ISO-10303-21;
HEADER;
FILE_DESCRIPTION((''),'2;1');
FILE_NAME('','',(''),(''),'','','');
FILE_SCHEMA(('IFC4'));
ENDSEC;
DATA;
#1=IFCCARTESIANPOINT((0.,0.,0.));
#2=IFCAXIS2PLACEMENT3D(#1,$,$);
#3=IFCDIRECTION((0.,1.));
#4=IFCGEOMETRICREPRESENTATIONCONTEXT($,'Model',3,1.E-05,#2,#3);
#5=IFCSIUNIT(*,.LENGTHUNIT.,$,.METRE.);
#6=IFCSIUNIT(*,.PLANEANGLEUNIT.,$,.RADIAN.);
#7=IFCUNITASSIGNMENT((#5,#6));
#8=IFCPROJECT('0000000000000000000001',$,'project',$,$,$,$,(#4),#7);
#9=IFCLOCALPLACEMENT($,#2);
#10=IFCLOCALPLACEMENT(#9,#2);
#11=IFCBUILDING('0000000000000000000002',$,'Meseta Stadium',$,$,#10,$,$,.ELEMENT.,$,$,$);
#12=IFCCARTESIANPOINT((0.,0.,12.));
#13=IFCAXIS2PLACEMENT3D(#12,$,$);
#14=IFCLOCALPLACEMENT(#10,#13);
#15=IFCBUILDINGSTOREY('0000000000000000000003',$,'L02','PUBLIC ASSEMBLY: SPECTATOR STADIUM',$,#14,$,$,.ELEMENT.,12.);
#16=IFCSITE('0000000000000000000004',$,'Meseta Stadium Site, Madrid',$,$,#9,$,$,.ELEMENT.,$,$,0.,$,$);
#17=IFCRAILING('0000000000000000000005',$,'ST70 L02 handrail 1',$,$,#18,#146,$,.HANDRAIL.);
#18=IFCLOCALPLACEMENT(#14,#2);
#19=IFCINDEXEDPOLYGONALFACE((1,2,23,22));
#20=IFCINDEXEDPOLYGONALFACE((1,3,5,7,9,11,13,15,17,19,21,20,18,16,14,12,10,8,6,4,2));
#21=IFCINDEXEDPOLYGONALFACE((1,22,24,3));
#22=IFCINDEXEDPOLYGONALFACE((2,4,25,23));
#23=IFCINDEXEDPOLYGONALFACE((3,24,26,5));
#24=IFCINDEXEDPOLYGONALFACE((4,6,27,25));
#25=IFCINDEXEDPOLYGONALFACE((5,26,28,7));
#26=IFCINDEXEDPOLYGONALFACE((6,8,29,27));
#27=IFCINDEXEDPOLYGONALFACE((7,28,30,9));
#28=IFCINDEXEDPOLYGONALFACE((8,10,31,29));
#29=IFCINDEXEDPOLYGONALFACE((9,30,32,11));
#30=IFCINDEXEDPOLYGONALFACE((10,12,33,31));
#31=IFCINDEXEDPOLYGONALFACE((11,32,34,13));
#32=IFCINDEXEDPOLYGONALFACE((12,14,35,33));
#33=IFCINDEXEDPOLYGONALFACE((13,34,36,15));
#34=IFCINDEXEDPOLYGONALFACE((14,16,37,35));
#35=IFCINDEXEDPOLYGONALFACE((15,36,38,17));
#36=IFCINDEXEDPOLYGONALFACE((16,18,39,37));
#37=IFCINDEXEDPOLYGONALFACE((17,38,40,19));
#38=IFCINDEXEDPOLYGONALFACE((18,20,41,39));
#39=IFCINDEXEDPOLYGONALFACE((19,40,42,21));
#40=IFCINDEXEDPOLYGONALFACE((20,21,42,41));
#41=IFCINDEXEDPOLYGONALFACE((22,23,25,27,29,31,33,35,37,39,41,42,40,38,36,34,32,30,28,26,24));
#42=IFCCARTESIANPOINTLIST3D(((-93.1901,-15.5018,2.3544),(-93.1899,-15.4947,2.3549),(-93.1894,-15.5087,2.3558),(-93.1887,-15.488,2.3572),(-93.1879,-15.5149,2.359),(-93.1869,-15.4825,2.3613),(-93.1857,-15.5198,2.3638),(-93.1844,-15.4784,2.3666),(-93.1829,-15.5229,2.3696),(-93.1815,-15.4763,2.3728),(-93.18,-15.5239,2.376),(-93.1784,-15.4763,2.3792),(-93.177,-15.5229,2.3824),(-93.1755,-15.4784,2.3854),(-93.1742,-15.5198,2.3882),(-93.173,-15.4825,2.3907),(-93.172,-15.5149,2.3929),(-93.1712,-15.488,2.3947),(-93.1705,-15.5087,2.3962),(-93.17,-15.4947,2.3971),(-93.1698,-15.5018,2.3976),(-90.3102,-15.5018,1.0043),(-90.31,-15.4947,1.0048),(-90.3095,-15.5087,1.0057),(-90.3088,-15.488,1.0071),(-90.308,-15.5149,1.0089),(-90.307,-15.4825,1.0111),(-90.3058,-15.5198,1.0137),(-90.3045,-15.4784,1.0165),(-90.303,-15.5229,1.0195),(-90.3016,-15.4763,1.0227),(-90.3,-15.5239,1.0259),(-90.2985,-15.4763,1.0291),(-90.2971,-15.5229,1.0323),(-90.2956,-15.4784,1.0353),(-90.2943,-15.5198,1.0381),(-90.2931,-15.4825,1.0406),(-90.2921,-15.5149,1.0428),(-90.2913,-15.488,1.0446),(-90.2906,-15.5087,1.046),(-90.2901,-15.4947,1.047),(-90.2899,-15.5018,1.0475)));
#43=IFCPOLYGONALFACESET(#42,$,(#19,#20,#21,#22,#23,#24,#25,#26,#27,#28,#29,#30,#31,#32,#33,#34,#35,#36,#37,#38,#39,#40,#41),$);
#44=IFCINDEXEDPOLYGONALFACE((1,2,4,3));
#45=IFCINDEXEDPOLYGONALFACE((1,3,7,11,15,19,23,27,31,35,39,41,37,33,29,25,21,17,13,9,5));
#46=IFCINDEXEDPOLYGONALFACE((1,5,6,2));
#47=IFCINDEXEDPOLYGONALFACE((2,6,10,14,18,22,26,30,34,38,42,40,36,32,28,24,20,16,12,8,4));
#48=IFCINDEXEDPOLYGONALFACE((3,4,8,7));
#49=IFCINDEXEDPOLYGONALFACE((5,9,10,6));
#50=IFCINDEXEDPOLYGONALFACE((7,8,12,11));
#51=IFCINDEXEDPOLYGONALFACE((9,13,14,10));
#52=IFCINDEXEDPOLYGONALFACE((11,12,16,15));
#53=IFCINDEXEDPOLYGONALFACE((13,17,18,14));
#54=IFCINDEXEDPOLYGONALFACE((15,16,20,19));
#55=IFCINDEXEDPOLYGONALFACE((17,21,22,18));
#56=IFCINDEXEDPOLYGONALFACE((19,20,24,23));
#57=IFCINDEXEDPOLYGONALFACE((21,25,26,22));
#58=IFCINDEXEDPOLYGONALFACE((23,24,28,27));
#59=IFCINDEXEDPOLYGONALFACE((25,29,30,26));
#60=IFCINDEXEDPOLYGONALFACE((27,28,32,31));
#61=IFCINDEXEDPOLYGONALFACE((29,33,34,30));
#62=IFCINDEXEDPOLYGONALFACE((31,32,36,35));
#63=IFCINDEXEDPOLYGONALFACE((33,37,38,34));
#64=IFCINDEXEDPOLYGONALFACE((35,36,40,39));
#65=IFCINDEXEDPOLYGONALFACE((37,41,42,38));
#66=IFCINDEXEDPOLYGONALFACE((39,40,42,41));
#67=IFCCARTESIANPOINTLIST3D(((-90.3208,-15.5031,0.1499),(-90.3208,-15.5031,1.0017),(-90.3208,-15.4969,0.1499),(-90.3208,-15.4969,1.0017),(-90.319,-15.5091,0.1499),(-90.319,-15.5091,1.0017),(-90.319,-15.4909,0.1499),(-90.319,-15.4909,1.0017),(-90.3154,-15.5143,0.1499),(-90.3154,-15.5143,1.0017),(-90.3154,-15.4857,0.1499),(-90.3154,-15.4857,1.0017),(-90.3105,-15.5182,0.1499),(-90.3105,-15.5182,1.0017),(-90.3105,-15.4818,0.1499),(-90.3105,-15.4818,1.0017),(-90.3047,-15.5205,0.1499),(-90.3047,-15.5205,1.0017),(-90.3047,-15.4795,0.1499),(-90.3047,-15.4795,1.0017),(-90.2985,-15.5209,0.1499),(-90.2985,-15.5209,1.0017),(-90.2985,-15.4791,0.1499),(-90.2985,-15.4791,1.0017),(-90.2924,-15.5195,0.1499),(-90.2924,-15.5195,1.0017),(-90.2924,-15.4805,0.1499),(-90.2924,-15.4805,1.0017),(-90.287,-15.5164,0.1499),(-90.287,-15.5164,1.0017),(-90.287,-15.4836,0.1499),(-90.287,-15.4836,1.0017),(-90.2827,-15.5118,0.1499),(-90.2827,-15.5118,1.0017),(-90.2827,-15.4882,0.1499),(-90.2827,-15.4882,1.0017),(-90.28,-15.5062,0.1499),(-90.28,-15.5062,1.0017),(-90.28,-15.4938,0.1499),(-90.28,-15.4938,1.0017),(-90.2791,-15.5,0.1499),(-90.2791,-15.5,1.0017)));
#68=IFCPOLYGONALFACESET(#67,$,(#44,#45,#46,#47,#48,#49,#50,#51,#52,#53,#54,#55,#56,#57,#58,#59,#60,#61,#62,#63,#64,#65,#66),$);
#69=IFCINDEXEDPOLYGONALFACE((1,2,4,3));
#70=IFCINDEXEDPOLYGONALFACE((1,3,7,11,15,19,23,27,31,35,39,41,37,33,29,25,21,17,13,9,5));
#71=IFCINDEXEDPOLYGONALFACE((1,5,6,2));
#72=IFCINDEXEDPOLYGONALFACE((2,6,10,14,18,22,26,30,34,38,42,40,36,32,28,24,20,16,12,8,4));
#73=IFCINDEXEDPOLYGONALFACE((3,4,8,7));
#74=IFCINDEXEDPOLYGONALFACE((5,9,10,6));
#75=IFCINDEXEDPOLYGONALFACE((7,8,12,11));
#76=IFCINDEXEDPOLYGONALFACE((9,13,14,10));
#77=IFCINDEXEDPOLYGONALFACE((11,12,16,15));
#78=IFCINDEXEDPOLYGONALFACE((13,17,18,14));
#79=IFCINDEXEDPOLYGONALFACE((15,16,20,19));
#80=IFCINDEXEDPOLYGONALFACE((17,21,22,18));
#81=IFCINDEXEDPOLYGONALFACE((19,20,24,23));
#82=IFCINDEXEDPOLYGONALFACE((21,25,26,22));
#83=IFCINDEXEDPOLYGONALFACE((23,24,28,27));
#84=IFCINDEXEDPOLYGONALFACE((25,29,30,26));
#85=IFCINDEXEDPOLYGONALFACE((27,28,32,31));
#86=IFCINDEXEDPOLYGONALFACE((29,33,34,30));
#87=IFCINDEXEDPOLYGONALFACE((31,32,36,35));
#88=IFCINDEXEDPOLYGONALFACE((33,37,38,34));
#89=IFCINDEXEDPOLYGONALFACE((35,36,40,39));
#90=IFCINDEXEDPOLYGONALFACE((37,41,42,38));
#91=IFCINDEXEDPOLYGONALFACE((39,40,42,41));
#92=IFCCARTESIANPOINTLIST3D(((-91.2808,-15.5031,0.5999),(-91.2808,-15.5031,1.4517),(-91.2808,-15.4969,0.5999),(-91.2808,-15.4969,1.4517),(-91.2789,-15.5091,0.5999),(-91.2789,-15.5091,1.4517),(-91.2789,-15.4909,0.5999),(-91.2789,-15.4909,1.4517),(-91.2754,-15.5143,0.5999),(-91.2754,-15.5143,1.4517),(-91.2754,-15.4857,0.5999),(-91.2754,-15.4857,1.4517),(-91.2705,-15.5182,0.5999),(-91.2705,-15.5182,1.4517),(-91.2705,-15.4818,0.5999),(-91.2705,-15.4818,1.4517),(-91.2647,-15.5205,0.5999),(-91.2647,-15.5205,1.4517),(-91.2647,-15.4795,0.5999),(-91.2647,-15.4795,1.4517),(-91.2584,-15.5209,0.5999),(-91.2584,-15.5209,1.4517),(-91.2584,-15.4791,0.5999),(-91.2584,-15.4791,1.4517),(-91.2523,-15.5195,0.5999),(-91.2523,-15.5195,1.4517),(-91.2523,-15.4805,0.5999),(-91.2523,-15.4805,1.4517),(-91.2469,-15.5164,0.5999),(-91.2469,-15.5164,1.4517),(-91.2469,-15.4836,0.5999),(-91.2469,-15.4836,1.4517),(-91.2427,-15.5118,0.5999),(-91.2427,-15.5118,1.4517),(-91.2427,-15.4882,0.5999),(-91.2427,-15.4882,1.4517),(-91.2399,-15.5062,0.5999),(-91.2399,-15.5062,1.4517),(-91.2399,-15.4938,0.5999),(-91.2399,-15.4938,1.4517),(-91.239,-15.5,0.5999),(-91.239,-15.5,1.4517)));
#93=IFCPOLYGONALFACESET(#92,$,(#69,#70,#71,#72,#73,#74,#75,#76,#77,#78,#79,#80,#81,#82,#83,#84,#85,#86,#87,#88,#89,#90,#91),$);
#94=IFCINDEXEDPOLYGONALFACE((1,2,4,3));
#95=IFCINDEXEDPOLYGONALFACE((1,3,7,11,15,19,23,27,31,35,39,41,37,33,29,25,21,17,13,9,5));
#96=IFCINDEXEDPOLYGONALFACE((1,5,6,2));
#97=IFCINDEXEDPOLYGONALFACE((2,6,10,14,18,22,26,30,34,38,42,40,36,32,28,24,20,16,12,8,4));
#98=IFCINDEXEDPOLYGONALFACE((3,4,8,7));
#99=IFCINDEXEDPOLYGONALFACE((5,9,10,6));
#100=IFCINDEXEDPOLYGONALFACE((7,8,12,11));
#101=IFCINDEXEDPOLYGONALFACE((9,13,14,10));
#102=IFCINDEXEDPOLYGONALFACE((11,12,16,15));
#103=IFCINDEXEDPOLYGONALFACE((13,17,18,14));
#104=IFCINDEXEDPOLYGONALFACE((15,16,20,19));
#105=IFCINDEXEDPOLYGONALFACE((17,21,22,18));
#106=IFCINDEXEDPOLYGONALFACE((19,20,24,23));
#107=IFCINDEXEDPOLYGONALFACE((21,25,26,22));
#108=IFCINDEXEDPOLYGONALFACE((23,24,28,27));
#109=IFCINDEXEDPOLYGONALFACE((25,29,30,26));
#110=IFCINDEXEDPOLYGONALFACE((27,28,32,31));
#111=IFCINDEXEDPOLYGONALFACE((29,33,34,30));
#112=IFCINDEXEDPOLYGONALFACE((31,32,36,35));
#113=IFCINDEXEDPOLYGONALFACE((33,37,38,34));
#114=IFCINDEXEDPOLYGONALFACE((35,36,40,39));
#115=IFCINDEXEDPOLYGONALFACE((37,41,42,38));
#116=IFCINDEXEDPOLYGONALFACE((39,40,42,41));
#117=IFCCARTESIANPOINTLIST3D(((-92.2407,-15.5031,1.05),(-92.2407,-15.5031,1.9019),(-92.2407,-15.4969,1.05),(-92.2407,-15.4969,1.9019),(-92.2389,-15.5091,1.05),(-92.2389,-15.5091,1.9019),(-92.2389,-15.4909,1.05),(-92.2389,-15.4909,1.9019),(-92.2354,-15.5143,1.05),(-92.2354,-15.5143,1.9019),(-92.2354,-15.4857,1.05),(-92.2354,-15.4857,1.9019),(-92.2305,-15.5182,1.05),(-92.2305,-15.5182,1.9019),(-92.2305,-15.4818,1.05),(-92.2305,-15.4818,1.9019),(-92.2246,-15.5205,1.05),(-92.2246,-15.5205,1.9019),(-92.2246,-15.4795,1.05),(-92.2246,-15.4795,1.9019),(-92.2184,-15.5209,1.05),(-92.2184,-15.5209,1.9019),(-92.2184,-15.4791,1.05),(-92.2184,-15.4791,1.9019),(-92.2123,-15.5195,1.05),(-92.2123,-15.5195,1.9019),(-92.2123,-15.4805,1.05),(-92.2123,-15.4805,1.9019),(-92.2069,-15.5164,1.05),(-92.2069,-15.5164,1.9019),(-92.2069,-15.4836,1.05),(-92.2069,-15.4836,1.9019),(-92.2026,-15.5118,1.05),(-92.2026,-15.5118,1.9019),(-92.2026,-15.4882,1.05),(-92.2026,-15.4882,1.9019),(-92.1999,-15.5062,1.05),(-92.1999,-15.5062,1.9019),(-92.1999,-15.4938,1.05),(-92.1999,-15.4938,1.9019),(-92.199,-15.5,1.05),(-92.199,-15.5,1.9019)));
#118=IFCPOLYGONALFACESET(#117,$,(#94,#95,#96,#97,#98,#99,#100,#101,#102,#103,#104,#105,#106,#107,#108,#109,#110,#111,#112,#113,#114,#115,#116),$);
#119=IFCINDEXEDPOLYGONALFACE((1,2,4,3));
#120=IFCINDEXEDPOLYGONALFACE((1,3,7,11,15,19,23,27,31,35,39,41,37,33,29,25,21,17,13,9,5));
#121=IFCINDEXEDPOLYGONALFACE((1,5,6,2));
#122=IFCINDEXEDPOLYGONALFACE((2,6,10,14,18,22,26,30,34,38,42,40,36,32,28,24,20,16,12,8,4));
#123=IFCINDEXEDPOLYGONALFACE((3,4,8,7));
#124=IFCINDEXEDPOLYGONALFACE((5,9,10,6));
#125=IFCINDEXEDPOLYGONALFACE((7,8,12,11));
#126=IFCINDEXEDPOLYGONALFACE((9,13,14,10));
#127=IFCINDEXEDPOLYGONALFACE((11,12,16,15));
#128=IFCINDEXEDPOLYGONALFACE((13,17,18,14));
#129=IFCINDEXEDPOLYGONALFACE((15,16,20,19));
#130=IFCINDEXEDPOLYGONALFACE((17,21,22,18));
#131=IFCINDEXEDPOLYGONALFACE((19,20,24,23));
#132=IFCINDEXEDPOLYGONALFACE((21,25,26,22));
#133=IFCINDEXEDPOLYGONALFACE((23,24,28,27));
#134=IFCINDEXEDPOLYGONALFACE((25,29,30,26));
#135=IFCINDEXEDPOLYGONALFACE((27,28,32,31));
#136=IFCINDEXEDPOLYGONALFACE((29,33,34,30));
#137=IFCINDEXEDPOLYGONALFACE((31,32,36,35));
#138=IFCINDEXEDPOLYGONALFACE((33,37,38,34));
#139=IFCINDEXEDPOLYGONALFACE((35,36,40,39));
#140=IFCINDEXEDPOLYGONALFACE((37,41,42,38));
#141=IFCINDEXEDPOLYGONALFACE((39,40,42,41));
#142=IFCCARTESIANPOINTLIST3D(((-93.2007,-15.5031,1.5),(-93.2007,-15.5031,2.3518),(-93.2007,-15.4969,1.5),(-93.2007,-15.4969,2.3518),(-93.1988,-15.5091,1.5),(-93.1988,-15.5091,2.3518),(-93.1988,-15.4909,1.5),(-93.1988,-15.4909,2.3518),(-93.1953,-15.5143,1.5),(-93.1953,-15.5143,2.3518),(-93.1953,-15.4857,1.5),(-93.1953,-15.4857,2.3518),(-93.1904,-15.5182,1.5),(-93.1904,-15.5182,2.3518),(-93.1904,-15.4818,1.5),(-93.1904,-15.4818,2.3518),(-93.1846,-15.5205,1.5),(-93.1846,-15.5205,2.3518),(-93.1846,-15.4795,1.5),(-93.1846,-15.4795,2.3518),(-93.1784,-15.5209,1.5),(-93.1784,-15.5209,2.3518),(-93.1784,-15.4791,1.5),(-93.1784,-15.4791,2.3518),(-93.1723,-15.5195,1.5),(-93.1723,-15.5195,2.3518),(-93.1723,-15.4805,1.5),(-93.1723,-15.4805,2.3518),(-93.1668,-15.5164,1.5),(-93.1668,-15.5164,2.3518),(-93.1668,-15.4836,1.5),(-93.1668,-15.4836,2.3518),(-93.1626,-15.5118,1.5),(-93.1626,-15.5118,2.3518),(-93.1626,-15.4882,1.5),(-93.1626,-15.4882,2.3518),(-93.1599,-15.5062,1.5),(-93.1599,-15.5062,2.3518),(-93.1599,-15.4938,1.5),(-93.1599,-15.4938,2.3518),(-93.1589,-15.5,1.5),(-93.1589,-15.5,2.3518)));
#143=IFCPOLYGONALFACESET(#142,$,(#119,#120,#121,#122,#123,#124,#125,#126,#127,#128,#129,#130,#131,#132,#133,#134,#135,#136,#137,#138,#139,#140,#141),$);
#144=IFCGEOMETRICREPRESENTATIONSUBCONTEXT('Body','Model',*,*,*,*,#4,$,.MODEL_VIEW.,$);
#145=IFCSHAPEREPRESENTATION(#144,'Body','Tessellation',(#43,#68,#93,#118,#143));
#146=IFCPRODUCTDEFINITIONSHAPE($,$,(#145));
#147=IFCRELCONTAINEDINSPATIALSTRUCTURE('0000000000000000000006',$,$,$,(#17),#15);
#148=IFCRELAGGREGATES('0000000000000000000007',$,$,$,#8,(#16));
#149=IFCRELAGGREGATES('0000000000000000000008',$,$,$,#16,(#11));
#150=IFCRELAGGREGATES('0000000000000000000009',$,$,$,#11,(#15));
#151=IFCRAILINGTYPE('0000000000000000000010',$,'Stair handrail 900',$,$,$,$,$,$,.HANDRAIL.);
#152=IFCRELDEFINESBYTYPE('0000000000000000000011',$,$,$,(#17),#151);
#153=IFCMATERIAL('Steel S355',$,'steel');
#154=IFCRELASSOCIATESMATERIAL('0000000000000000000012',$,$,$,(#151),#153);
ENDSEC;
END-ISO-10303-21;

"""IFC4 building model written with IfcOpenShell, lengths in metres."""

from ifc_helpers import new_model, si_unit, direction, frame, origin, origin_2d, place, context, subcontext, project, spatial, circle, extrude, material, type_object, element, save


model = new_model("IFC4")

# Units and contexts
model_context = context("Model", 3, precision=1e-05, world=origin(), true_north=direction((0.0, 1.0)))
body_context = subcontext(model_context, "Body", "Model", "MODEL_VIEW")
ifc_project = project(units=[si_unit("LENGTHUNIT", "METRE"), si_unit("PLANEANGLEUNIT", "RADIAN")], contexts=[model_context])

# Site, building, storey
site_placement = place(None, origin())
site = spatial("IfcSite", under=ifc_project, at=site_placement, Name="Meseta Stadium Site, Madrid", CompositionType="ELEMENT", RefElevation=0.0)
building_placement = place(site_placement, origin())
building = spatial("IfcBuilding", under=site, at=building_placement, Name="Meseta Stadium", CompositionType="ELEMENT")
storey_placement = place(building_placement, frame((0.0, 0.0, 12.0)))
storey = spatial("IfcBuildingStorey", under=building, at=storey_placement, Name="L02", Description="PUBLIC ASSEMBLY: SPECTATOR STADIUM", CompositionType="ELEMENT", Elevation=12.0)

# Railing
ifc_material_1 = material(Name="Steel S355", Category="steel")
railing_type_1 = type_object("IfcRailingType", Name="Stair handrail 900", PredefinedType="HANDRAIL", material=ifc_material_1)
for number, where, name in (
    (1, (-90.3, -15.5, 0.1499), "ST70 L02 handrail 1"),
):
    element("IfcRailing", number, at=place(storey_placement, frame(where)), inside=storey, type_object=railing_type_1, Name=name, PredefinedType="HANDRAIL", context=body_context, shape_type="SweptSolid", body=[
        extrude(circle(Radius=0.0239, at=origin_2d()), frame((0.0, 0.0, 0.876), z_axis=(-0.90544, 0.0, 0.424473), x_axis=(0.0, -1.0, 0.0)), (0.0, 0.0, 1.0), 3.1807),
        extrude(circle(Radius=0.021, at=origin_2d()), origin(), (0.0, 0.0, 1.0), 0.8518),
        extrude(circle(Radius=0.021, at=origin_2d()), frame((-0.96, 0.0, 0.45)), (0.0, 0.0, 1.0), 0.8518),
        extrude(circle(Radius=0.021, at=origin_2d()), frame((-1.9199, 0.0, 0.9001)), (0.0, 0.0, 1.0), 0.8518),
        extrude(circle(Radius=0.021, at=origin_2d()), frame((-2.8799, 0.0, 1.3501)), (0.0, 0.0, 1.0), 0.8518),
    ])

save(model, "model.ifc")
